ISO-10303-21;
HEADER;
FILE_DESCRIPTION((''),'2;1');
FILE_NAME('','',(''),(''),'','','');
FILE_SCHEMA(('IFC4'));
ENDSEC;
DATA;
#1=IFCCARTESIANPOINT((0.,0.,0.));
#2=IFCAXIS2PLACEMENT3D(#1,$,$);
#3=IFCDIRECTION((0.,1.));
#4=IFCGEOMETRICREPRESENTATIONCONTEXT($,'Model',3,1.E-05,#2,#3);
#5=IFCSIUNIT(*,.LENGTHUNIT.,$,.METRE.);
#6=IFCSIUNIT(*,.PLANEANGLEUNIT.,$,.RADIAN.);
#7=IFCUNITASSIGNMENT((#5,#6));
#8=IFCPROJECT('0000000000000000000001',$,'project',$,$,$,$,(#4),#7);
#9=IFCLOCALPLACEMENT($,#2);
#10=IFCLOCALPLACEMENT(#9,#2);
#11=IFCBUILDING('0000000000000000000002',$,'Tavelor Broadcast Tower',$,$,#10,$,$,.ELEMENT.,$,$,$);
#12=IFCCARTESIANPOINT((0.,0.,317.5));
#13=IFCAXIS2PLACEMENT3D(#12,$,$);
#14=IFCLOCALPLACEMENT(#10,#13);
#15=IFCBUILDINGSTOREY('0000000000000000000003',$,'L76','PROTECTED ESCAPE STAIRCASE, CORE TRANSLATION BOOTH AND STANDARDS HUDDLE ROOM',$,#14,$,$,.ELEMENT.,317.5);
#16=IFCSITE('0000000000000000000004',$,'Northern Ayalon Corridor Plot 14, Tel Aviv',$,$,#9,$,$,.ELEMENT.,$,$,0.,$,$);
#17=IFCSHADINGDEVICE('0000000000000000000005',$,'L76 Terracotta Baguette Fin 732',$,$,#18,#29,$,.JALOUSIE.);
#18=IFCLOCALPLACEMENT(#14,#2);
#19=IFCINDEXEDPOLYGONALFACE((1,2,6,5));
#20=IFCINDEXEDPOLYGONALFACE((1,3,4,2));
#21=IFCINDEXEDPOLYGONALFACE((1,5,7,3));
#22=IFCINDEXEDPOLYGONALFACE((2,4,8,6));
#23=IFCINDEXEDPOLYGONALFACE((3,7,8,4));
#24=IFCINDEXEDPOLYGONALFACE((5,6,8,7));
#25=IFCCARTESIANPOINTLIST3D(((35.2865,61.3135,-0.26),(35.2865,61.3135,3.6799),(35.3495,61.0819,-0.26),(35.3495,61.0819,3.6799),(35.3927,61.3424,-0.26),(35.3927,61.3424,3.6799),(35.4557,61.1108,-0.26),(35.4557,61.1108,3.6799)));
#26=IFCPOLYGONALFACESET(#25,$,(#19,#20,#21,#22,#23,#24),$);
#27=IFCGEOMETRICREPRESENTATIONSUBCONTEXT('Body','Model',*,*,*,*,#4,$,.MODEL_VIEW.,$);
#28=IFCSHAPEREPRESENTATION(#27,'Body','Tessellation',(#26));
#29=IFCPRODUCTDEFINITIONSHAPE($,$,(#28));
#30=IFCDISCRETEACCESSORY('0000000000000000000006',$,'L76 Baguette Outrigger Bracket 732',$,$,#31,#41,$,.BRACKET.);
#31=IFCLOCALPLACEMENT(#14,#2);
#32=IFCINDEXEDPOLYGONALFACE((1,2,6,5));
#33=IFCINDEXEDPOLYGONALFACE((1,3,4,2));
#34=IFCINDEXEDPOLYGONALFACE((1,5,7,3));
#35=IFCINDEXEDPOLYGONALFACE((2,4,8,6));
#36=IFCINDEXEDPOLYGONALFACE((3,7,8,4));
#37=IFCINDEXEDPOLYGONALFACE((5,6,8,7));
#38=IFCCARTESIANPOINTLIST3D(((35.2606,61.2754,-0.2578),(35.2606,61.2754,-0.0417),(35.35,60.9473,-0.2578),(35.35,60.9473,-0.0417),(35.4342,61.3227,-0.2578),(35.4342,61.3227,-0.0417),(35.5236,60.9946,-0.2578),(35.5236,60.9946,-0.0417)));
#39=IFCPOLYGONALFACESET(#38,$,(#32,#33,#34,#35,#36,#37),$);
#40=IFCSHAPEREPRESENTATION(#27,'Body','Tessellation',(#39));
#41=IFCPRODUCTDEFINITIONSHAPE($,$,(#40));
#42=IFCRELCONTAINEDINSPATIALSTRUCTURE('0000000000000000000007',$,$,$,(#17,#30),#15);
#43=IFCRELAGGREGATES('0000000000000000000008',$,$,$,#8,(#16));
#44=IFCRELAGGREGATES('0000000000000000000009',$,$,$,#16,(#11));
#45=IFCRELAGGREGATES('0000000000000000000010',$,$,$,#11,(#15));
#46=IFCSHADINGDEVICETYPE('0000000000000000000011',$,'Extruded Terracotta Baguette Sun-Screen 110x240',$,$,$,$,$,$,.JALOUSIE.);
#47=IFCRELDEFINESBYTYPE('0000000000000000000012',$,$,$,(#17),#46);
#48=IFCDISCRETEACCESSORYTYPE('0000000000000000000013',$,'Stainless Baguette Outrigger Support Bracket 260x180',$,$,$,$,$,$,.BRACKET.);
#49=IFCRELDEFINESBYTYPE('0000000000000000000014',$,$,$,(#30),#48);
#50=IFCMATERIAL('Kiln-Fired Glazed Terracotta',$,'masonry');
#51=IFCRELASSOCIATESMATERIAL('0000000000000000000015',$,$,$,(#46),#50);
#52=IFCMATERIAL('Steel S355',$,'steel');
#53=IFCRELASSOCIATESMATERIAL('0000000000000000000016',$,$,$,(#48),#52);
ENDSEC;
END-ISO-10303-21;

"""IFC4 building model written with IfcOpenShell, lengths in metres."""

from ifc_helpers import new_model, si_unit, direction, frame, origin, origin_2d, place, context, subcontext, project, spatial, rectangle, extrude, source, transform, mapped, material, type_object, type_shapes, element, save


model = new_model("IFC4")

# Units and contexts
model_context = context("Model", 3, precision=1e-05, world=origin(), true_north=direction((0.0, 1.0)))
body_context = subcontext(model_context, "Body", "Model", "MODEL_VIEW")
ifc_project = project(units=[si_unit("LENGTHUNIT", "METRE"), si_unit("PLANEANGLEUNIT", "RADIAN")], contexts=[model_context])

# Site, building, storey
site_placement = place(None, origin())
site = spatial("IfcSite", under=ifc_project, at=site_placement, Name="Northern Ayalon Corridor Plot 14, Tel Aviv", CompositionType="ELEMENT", RefElevation=0.0)
building_placement = place(site_placement, origin())
building = spatial("IfcBuilding", under=site, at=building_placement, Name="Tavelor Broadcast Tower", CompositionType="ELEMENT")
storey_placement = place(building_placement, frame((0.0, 0.0, 317.5)))
storey = spatial("IfcBuildingStorey", under=building, at=storey_placement, Name="L76", Description="PROTECTED ESCAPE STAIRCASE, CORE TRANSLATION BOOTH AND STANDARDS HUDDLE ROOM", CompositionType="ELEMENT", Elevation=317.5)

# Shared definitions
ifc_material_1 = material(Name="Steel S355", Category="steel")

# Shading device
ifc_material_2 = material(Name="Kiln-Fired Glazed Terracotta", Category="masonry")
shading_device_type = type_object("IfcShadingDeviceType", Name="Extruded Terracotta Baguette Sun-Screen 110x240", PredefinedType="JALOUSIE", material=ifc_material_2)
shared_shape_1 = source(origin(), body_context, "Body", "SweptSolid", [
    extrude(rectangle(XDim=0.1101, YDim=0.24, at=origin_2d()), origin(), (0.0, 0.0, 1.0), 3.9399),
])
type_shapes(shading_device_type, [shared_shape_1])
shading_device_placement = place(storey_placement, frame((35.3711, 61.2122, -0.26), z_axis=(0.0, 0.0, 1.0), x_axis=(-0.964879, -0.262694, 0.0)))
element("IfcShadingDevice", 1, at=shading_device_placement, inside=storey, type_object=shading_device_type, Name="L76 Terracotta Baguette Fin 732", PredefinedType="JALOUSIE", context=body_context, shape_type="MappedRepresentation", body=[
    mapped(shared_shape_1, transform((0.0, 0.0, 0.0), scale=1.0)),
])

# Discrete accessory
discrete_accessory_type = type_object("IfcDiscreteAccessoryType", Name="Stainless Baguette Outrigger Support Bracket 260x180", PredefinedType="BRACKET", material=ifc_material_1)
shared_shape_2 = source(origin(), body_context, "Body", "SweptSolid", [
    extrude(rectangle(XDim=0.1799, YDim=0.3401, at=origin_2d()), origin(), (0.0, 0.0, 1.0), 0.2161),
])
type_shapes(discrete_accessory_type, [shared_shape_2])
discrete_accessory_placement = place(storey_placement, frame((35.3921, 61.135, -0.2578), z_axis=(0.0, 0.0, 1.0), x_axis=(-0.964879, -0.262694, 0.0)))
element("IfcDiscreteAccessory", 2, at=discrete_accessory_placement, inside=storey, type_object=discrete_accessory_type, Name="L76 Baguette Outrigger Bracket 732", PredefinedType="BRACKET", context=body_context, shape_type="MappedRepresentation", body=[
    mapped(shared_shape_2, transform((0.0, 0.0, 0.0), scale=1.0)),
])

save(model, "model.ifc")
